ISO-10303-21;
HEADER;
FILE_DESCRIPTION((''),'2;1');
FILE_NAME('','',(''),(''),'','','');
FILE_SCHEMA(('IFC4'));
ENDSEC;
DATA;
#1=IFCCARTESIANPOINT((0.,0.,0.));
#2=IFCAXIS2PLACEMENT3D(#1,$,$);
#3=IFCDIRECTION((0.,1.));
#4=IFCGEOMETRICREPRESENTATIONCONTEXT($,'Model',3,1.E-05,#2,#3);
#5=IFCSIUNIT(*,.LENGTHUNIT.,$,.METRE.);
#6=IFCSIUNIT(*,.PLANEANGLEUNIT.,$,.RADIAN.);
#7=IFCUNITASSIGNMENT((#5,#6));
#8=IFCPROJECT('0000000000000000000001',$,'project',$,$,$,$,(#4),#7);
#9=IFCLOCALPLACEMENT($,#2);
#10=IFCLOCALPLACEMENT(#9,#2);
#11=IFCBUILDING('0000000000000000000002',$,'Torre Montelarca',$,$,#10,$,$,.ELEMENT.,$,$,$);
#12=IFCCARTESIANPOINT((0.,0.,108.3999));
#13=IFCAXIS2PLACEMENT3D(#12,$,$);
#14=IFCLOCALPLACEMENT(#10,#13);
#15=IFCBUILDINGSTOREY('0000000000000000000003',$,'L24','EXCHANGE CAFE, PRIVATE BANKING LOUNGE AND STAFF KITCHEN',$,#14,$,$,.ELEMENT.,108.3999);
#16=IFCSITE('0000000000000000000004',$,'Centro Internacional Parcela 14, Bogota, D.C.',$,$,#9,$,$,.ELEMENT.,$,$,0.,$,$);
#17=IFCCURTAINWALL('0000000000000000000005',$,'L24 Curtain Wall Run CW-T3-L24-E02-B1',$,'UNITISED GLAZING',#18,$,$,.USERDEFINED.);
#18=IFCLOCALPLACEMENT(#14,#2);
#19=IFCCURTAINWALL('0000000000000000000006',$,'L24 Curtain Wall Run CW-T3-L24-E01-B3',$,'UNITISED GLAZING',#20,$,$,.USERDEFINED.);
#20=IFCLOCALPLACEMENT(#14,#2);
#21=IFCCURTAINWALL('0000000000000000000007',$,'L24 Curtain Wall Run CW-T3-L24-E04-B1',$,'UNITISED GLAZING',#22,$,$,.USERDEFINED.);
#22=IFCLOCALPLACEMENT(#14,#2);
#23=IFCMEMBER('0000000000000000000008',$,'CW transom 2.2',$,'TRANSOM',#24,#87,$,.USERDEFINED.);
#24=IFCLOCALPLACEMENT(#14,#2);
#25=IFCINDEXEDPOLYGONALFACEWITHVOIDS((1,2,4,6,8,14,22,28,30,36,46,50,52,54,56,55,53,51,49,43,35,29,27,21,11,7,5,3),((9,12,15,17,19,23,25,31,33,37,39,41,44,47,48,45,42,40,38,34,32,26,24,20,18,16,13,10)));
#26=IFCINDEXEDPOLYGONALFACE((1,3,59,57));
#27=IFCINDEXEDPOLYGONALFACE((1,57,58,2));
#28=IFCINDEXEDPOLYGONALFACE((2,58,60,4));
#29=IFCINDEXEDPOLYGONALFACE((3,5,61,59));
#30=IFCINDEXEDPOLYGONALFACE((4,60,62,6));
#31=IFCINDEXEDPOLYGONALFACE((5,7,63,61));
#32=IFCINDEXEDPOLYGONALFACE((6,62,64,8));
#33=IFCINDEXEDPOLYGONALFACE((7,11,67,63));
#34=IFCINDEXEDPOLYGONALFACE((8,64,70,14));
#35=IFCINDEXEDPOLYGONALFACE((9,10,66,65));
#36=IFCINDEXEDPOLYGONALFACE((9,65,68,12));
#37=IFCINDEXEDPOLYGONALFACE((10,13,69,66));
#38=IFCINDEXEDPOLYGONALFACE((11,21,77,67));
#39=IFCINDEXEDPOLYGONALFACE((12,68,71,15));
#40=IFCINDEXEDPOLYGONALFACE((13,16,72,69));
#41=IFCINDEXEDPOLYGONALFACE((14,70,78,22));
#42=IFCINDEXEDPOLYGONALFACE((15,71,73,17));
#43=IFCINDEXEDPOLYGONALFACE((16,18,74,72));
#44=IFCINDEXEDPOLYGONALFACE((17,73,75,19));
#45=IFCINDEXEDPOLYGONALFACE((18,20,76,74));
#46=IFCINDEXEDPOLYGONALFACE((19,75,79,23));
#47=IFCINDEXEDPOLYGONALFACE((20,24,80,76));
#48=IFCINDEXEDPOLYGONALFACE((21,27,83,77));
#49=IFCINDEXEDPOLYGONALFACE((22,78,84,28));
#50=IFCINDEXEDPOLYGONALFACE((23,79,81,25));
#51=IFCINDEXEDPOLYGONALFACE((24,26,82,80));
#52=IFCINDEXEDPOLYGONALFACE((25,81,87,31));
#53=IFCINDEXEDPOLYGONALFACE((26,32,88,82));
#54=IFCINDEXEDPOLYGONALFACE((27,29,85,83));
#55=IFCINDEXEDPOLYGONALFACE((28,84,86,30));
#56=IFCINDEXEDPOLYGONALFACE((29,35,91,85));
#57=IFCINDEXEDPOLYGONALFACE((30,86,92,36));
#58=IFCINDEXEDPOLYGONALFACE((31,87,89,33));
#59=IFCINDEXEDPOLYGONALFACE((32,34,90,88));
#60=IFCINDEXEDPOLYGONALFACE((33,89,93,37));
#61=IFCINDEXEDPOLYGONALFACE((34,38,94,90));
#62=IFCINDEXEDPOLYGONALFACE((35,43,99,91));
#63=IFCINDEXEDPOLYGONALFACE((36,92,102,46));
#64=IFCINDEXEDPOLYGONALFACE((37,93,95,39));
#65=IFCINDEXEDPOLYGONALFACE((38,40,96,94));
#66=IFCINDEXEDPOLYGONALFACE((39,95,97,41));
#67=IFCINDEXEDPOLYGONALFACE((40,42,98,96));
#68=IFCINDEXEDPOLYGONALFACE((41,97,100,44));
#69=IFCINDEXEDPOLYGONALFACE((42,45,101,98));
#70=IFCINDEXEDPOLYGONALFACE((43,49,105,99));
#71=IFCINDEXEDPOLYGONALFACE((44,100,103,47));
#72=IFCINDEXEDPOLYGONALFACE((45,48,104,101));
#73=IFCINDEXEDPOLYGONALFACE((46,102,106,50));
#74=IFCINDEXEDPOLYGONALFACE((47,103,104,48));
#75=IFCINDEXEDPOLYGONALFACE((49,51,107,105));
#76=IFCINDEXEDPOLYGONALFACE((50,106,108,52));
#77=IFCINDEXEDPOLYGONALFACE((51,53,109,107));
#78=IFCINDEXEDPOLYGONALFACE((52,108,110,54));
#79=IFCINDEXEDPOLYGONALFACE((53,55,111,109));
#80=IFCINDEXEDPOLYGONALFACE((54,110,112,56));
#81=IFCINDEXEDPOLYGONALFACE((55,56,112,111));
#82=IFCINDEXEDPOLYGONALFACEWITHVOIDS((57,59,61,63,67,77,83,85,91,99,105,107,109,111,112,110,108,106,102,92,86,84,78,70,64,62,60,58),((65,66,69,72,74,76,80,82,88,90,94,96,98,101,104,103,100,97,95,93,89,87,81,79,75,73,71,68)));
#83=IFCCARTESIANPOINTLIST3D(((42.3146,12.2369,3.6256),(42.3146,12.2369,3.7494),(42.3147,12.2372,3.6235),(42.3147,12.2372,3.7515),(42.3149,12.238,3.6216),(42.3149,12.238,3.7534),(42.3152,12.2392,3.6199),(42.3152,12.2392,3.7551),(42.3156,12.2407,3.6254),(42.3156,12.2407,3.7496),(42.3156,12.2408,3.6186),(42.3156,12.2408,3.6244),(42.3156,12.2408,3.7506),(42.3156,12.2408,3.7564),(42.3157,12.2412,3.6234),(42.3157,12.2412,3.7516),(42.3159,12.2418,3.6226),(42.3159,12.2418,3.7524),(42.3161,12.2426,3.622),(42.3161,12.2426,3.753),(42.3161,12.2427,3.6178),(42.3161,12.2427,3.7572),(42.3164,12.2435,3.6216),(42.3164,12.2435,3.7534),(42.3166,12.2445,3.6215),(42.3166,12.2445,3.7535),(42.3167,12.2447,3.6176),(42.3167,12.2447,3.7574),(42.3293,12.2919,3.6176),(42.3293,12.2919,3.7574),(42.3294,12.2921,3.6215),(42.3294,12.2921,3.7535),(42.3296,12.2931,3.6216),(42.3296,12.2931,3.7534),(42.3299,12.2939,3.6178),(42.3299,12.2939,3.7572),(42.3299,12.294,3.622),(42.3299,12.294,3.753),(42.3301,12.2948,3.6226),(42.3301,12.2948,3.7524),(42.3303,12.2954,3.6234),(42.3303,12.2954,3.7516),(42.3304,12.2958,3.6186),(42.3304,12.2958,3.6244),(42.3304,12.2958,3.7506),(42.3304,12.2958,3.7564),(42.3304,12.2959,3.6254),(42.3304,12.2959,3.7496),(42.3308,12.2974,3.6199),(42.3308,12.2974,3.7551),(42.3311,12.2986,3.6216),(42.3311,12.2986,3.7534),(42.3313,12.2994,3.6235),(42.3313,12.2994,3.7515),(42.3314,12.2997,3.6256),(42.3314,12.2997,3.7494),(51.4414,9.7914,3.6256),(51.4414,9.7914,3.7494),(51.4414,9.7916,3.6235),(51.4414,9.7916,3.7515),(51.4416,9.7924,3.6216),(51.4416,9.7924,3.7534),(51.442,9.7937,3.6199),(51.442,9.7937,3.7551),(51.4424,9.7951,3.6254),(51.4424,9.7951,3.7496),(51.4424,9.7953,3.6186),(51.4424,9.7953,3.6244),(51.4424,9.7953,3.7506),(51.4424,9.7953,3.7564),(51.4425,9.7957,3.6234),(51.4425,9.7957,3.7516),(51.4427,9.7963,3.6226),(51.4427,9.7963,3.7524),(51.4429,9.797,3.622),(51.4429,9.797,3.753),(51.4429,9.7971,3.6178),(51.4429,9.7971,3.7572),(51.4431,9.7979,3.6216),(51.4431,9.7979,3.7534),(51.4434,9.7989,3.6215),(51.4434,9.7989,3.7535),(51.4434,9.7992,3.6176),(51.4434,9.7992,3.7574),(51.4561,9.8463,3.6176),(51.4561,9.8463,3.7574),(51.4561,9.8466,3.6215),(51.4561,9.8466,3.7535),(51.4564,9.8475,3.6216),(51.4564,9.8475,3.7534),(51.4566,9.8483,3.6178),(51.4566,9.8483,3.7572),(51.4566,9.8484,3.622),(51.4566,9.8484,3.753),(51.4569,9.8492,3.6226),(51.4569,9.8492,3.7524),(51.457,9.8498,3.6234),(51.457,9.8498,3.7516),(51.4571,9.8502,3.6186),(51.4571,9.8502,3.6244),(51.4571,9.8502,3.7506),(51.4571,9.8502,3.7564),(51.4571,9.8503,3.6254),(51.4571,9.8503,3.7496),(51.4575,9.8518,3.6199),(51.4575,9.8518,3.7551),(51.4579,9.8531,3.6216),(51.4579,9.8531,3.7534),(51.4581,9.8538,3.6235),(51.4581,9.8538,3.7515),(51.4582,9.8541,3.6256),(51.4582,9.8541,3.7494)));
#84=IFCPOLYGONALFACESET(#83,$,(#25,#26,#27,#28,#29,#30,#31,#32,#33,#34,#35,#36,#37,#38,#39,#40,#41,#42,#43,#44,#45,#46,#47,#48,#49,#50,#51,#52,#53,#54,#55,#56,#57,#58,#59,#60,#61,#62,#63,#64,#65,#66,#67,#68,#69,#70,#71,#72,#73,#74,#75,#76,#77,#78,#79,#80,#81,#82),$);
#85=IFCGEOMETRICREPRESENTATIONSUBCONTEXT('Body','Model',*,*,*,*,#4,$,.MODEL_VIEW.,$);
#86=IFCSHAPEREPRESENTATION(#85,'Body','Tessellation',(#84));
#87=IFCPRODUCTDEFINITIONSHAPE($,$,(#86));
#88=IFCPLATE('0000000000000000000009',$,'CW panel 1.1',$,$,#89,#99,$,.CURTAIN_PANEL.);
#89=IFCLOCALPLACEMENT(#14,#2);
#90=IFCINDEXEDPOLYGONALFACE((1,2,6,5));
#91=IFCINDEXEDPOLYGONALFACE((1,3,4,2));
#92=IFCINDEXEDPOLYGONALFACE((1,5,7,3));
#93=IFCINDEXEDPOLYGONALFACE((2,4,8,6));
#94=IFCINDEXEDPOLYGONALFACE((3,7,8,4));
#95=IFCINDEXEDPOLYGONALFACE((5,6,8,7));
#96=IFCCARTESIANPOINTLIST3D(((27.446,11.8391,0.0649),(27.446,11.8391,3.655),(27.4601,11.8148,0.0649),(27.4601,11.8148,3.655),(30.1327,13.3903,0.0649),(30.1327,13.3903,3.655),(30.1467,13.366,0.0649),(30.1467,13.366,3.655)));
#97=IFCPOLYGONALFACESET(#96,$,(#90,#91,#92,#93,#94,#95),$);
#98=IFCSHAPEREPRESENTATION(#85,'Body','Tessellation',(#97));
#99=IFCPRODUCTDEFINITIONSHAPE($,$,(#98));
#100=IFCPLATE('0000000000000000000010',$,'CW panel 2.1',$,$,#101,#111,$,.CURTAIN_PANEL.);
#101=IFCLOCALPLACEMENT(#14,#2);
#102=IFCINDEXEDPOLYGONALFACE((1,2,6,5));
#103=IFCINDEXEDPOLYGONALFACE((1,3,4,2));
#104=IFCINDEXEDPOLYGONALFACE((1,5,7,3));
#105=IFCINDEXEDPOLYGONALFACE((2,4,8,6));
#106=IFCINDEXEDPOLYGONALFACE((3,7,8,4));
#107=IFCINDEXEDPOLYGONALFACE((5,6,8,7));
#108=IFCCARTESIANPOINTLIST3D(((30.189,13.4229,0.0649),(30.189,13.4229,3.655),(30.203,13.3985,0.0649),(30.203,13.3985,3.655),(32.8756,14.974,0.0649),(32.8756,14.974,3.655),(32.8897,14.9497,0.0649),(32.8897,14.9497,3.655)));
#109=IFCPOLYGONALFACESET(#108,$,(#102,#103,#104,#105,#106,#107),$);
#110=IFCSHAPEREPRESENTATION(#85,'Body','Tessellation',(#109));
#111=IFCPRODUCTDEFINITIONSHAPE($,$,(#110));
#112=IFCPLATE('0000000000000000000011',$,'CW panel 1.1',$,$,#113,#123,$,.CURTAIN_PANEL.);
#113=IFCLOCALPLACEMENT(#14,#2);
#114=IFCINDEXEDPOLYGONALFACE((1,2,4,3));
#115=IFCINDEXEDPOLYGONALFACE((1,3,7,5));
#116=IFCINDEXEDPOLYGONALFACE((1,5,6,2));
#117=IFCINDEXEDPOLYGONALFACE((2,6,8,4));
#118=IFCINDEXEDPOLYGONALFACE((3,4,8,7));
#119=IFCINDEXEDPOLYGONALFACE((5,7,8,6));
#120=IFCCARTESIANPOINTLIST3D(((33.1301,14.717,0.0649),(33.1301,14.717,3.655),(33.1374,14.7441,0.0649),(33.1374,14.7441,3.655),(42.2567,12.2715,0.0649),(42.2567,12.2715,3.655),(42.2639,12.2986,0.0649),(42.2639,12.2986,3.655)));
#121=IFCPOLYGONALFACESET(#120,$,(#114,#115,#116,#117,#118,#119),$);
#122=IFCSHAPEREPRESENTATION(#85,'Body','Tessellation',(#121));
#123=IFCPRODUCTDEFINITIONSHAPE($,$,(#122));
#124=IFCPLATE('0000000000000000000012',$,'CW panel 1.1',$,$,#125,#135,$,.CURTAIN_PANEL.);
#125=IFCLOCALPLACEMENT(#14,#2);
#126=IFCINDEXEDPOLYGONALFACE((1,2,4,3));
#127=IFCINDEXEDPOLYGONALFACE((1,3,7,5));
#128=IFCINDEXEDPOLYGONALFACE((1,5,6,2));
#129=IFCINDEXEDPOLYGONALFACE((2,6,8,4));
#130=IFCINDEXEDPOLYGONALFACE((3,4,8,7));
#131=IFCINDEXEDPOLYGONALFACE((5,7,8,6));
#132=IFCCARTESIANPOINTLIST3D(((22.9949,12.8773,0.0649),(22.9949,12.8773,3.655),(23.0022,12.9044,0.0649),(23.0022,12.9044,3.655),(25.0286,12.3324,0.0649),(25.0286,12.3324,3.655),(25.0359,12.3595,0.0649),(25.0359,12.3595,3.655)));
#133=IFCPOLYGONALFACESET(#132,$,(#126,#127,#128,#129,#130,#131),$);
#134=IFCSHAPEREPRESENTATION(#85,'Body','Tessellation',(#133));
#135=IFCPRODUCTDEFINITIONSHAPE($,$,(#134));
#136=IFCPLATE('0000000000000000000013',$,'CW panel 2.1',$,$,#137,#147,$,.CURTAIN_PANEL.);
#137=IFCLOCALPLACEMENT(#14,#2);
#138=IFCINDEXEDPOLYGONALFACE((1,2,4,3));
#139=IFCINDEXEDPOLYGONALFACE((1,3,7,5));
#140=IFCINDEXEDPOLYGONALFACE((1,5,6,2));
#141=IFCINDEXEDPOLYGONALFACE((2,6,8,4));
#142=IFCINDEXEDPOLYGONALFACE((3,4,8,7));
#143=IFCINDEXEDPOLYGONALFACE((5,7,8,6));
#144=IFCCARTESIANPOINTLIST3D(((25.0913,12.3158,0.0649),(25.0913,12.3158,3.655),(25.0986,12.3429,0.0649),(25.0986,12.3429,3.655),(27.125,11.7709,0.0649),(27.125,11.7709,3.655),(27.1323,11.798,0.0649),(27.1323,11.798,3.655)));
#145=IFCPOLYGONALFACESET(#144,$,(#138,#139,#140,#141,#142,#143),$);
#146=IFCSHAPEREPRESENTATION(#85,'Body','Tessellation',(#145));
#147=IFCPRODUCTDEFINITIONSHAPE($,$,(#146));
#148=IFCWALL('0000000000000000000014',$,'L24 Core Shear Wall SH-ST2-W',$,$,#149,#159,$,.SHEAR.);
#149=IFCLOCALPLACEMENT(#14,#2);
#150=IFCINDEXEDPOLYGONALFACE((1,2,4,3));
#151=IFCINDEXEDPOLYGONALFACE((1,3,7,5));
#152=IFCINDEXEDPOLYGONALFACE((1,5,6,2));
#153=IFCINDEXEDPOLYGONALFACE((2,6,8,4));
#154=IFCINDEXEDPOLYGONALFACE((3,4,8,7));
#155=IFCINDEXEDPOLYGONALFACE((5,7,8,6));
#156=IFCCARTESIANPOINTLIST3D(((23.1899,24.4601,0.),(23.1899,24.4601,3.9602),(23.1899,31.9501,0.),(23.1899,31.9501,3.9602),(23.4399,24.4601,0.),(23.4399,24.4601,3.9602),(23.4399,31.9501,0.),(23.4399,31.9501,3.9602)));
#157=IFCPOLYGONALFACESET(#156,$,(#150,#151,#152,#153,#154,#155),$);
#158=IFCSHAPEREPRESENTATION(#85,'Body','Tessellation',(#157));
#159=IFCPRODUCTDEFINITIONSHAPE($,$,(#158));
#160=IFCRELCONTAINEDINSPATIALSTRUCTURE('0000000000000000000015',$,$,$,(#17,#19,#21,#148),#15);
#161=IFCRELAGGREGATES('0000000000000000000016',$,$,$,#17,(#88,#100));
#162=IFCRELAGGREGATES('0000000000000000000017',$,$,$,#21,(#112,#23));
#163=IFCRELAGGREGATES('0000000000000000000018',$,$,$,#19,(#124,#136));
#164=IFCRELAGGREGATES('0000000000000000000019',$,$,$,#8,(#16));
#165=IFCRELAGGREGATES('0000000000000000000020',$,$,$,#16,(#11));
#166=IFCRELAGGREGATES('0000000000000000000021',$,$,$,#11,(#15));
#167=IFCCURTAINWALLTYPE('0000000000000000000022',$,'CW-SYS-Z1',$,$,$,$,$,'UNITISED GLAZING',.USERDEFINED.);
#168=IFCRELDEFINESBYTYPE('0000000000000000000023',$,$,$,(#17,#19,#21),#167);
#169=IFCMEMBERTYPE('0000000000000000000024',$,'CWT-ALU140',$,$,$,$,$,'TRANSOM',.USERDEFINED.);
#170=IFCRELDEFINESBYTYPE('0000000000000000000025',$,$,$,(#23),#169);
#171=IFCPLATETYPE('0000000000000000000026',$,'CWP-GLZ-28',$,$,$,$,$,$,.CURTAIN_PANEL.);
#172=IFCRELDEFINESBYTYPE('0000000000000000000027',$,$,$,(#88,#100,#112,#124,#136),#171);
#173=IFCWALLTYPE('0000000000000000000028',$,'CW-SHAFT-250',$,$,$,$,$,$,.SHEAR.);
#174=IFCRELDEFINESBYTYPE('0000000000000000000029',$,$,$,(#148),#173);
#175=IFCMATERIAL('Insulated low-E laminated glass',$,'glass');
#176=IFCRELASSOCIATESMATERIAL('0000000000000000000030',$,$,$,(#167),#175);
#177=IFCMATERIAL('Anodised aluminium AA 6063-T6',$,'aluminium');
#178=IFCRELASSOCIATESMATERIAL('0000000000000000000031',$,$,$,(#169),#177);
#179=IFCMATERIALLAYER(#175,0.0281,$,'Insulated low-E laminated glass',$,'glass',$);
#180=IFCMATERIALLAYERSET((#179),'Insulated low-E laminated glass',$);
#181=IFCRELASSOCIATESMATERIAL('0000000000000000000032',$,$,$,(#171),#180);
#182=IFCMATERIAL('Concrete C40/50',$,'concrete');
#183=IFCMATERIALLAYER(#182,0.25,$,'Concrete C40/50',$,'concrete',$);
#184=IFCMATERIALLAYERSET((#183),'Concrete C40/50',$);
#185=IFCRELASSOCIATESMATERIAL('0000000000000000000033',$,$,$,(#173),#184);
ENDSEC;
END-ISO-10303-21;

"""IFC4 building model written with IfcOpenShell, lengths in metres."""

from ifc_helpers import new_model, si_unit, direction, frame, frame_2d, origin, origin_2d, place, context, subcontext, project, spatial, rectangle, hollow_rectangle, extrude, source, transform, mapped, material, layer, layer_set, material_profile, profile_set, type_object, element, aggregate, save


model = new_model("IFC4")

# Units and contexts
model_context = context("Model", 3, precision=1e-05, world=origin(), true_north=direction((0.0, 1.0)))
body_context = subcontext(model_context, "Body", "Model", "MODEL_VIEW")
ifc_project = project(units=[si_unit("LENGTHUNIT", "METRE"), si_unit("PLANEANGLEUNIT", "RADIAN")], contexts=[model_context])

# Site, building, storey
site_placement = place(None, origin())
site = spatial("IfcSite", under=ifc_project, at=site_placement, Name="Centro Internacional Parcela 14, Bogota, D.C.", CompositionType="ELEMENT", RefElevation=0.0)
building_placement = place(site_placement, origin())
building = spatial("IfcBuilding", under=site, at=building_placement, Name="Torre Montelarca", CompositionType="ELEMENT")
storey_placement = place(building_placement, frame((0.0, 0.0, 108.3999)))
storey = spatial("IfcBuildingStorey", under=building, at=storey_placement, Name="L24", Description="EXCHANGE CAFE, PRIVATE BANKING LOUNGE AND STAFF KITCHEN", CompositionType="ELEMENT", Elevation=108.3999)

# Curtain walls
ifc_material_1 = material(Name="Insulated low-E laminated glass", Category="glass")
curtain_wall_type = type_object("IfcCurtainWallType", Name="CW-SYS-Z1", ElementType="UNITISED GLAZING", PredefinedType="USERDEFINED", material=ifc_material_1)
curtain_wall_1_placement = place(storey_placement, origin())
curtain_wall_1 = element("IfcCurtainWall", 1, at=curtain_wall_1_placement, inside=storey, type_object=curtain_wall_type, Name="L24 Curtain Wall Run CW-T3-L24-E02-B1", ObjectType="UNITISED GLAZING", PredefinedType="USERDEFINED")
ifc_material_2 = material(Name="Anodised aluminium AA 6063-T6", Category="aluminium")
ifc_material_profile_1 = material_profile(ifc_material_2, hollow_rectangle(XDim=0.0649, YDim=0.1399, WallThickness=0.0039, InnerFilletRadius=0.0039, OuterFilletRadius=0.0081, at=origin_2d()), Name="ALU65X140X4", Category="aluminium")
ifc_profile_set_1 = profile_set([ifc_material_profile_1], Name="Anodised aluminium AA 6063-T6")
member_type_1 = type_object("IfcMemberType", Name="CWT-ALU140", ElementType="TRANSOM", PredefinedType="USERDEFINED", material=ifc_profile_set_1)
curtain_wall_2_placement = place(storey_placement, origin())
curtain_wall_2 = element("IfcCurtainWall", 2, at=curtain_wall_2_placement, inside=storey, type_object=curtain_wall_type, Name="L24 Curtain Wall Run CW-T3-L24-E01-B3", ObjectType="UNITISED GLAZING", PredefinedType="USERDEFINED")

# Curtain wall
curtain_wall_3_placement = place(storey_placement, origin())
curtain_wall_3 = element("IfcCurtainWall", 3, at=curtain_wall_3_placement, inside=storey, type_object=curtain_wall_type, Name="L24 Curtain Wall Run CW-T3-L24-E04-B1", ObjectType="UNITISED GLAZING", PredefinedType="USERDEFINED")

# Member
shared_shape_1 = source(origin(), body_context, "Body", "SweptSolid", [
    extrude(hollow_rectangle(XDim=0.0649, YDim=0.1399, WallThickness=0.0039, InnerFilletRadius=0.0039, OuterFilletRadius=0.0081, at=origin_2d()), origin(), (0.0, 0.0, 1.0), 9.4487),
])
member_1_placement = place(storey_placement, frame((42.323, 12.2683, 3.6875), z_axis=(0.965924, -0.258825, 0.0), x_axis=(0.258825, 0.965924, 0.0)))
member_1 = element("IfcMember", 4, at=member_1_placement, type_object=member_type_1, Name="CW transom 2.2", ObjectType="TRANSOM", PredefinedType="USERDEFINED", context=body_context, shape_type="MappedRepresentation", body=[
    mapped(shared_shape_1, transform((0.0, 0.0, 0.0), scale=1.0)),
])

# Plates
ifc_layer_1 = layer(ifc_material_1, 0.0281, Name="Insulated low-E laminated glass", Category="glass")
ifc_layer_set_1 = layer_set([ifc_layer_1], Name="Insulated low-E laminated glass")
plate_type = type_object("IfcPlateType", Name="CWP-GLZ-28", PredefinedType="CURTAIN_PANEL", material=ifc_layer_set_1)
shared_shape_2 = source(origin(), body_context, "Body", "SweptSolid", [
    extrude(rectangle(XDim=3.1023, YDim=0.0281, at=origin_2d()), origin(), (0.0, 0.0, 1.0), 3.5901),
])
plate_1_placement = place(storey_placement, frame((28.7964, 12.6025, 0.0649), z_axis=(0.0, 0.0, 1.0), x_axis=(0.866025, 0.500001, 0.0)))
plate_1 = element("IfcPlate", 5, at=plate_1_placement, type_object=plate_type, Name="CW panel 1.1", PredefinedType="CURTAIN_PANEL", context=body_context, shape_type="MappedRepresentation", body=[
    mapped(shared_shape_2, transform((0.0, 0.0, 0.0), scale=1.0)),
])
plate_2_placement = place(storey_placement, frame((31.5393, 14.1863, 0.0649), z_axis=(0.0, 0.0, 1.0), x_axis=(0.866025, 0.500001, 0.0)))
plate_2 = element("IfcPlate", 6, at=plate_2_placement, type_object=plate_type, Name="CW panel 2.1", PredefinedType="CURTAIN_PANEL", context=body_context, shape_type="MappedRepresentation", body=[
    mapped(shared_shape_2, transform((0.0, 0.0, 0.0), scale=1.0)),
])
aggregate(curtain_wall_1, [plate_1, plate_2])
shared_shape_3 = source(origin(), body_context, "Body", "SweptSolid", [
    extrude(rectangle(XDim=9.4485, YDim=0.0281, at=origin_2d()), origin(), (0.0, 0.0, 1.0), 3.5901),
])
plate_3_placement = place(storey_placement, frame((37.697, 13.5078, 0.0649), z_axis=(0.0, 0.0, 1.0), x_axis=(0.965925, -0.258823, 0.0)))
plate_3 = element("IfcPlate", 7, at=plate_3_placement, type_object=plate_type, Name="CW panel 1.1", PredefinedType="CURTAIN_PANEL", context=body_context, shape_type="MappedRepresentation", body=[
    mapped(shared_shape_3, transform((0.0, 0.0, 0.0), scale=1.0)),
])
aggregate(curtain_wall_3, [plate_3, member_1])
shared_shape_4 = source(origin(), body_context, "Body", "SweptSolid", [
    extrude(rectangle(XDim=2.1055, YDim=0.0281, at=origin_2d()), origin(), (0.0, 0.0, 1.0), 3.5901),
])
plate_4_placement = place(storey_placement, frame((24.0154, 12.6184, 0.0649), z_axis=(0.0, 0.0, 1.0), x_axis=(0.965925, -0.258822, 0.0)))
plate_4 = element("IfcPlate", 8, at=plate_4_placement, type_object=plate_type, Name="CW panel 1.1", PredefinedType="CURTAIN_PANEL", context=body_context, shape_type="MappedRepresentation", body=[
    mapped(shared_shape_4, transform((0.0, 0.0, 0.0), scale=1.0)),
])
plate_5_placement = place(storey_placement, frame((26.1118, 12.0569, 0.0649), z_axis=(0.0, 0.0, 1.0), x_axis=(0.965925, -0.258822, 0.0)))
plate_5 = element("IfcPlate", 9, at=plate_5_placement, type_object=plate_type, Name="CW panel 2.1", PredefinedType="CURTAIN_PANEL", context=body_context, shape_type="MappedRepresentation", body=[
    mapped(shared_shape_4, transform((0.0, 0.0, 0.0), scale=1.0)),
])
aggregate(curtain_wall_2, [plate_4, plate_5])

# Wall
ifc_material_3 = material(Name="Concrete C40/50", Category="concrete")
ifc_layer_2 = layer(ifc_material_3, 0.25, Name="Concrete C40/50", Category="concrete")
ifc_layer_set_2 = layer_set([ifc_layer_2], Name="Concrete C40/50")
wall_type_1 = type_object("IfcWallType", Name="CW-SHAFT-250", PredefinedType="SHEAR", material=ifc_layer_set_2)
wall_1_placement = place(storey_placement, frame((23.3149, 24.46, 0.0), z_axis=(0.0, 0.0, 1.0), x_axis=(0.0, 1.0, 0.0)))
element("IfcWall", 10, at=wall_1_placement, inside=storey, type_object=wall_type_1, Name="L24 Core Shear Wall SH-ST2-W", PredefinedType="SHEAR", context=body_context, shape_type="SweptSolid", body=[
    extrude(rectangle(XDim=7.49, YDim=0.25, at=frame_2d((3.7451, 0.0))), origin(), (0.0, 0.0, 1.0), 3.9602),
])

save(model, "model.ifc")
